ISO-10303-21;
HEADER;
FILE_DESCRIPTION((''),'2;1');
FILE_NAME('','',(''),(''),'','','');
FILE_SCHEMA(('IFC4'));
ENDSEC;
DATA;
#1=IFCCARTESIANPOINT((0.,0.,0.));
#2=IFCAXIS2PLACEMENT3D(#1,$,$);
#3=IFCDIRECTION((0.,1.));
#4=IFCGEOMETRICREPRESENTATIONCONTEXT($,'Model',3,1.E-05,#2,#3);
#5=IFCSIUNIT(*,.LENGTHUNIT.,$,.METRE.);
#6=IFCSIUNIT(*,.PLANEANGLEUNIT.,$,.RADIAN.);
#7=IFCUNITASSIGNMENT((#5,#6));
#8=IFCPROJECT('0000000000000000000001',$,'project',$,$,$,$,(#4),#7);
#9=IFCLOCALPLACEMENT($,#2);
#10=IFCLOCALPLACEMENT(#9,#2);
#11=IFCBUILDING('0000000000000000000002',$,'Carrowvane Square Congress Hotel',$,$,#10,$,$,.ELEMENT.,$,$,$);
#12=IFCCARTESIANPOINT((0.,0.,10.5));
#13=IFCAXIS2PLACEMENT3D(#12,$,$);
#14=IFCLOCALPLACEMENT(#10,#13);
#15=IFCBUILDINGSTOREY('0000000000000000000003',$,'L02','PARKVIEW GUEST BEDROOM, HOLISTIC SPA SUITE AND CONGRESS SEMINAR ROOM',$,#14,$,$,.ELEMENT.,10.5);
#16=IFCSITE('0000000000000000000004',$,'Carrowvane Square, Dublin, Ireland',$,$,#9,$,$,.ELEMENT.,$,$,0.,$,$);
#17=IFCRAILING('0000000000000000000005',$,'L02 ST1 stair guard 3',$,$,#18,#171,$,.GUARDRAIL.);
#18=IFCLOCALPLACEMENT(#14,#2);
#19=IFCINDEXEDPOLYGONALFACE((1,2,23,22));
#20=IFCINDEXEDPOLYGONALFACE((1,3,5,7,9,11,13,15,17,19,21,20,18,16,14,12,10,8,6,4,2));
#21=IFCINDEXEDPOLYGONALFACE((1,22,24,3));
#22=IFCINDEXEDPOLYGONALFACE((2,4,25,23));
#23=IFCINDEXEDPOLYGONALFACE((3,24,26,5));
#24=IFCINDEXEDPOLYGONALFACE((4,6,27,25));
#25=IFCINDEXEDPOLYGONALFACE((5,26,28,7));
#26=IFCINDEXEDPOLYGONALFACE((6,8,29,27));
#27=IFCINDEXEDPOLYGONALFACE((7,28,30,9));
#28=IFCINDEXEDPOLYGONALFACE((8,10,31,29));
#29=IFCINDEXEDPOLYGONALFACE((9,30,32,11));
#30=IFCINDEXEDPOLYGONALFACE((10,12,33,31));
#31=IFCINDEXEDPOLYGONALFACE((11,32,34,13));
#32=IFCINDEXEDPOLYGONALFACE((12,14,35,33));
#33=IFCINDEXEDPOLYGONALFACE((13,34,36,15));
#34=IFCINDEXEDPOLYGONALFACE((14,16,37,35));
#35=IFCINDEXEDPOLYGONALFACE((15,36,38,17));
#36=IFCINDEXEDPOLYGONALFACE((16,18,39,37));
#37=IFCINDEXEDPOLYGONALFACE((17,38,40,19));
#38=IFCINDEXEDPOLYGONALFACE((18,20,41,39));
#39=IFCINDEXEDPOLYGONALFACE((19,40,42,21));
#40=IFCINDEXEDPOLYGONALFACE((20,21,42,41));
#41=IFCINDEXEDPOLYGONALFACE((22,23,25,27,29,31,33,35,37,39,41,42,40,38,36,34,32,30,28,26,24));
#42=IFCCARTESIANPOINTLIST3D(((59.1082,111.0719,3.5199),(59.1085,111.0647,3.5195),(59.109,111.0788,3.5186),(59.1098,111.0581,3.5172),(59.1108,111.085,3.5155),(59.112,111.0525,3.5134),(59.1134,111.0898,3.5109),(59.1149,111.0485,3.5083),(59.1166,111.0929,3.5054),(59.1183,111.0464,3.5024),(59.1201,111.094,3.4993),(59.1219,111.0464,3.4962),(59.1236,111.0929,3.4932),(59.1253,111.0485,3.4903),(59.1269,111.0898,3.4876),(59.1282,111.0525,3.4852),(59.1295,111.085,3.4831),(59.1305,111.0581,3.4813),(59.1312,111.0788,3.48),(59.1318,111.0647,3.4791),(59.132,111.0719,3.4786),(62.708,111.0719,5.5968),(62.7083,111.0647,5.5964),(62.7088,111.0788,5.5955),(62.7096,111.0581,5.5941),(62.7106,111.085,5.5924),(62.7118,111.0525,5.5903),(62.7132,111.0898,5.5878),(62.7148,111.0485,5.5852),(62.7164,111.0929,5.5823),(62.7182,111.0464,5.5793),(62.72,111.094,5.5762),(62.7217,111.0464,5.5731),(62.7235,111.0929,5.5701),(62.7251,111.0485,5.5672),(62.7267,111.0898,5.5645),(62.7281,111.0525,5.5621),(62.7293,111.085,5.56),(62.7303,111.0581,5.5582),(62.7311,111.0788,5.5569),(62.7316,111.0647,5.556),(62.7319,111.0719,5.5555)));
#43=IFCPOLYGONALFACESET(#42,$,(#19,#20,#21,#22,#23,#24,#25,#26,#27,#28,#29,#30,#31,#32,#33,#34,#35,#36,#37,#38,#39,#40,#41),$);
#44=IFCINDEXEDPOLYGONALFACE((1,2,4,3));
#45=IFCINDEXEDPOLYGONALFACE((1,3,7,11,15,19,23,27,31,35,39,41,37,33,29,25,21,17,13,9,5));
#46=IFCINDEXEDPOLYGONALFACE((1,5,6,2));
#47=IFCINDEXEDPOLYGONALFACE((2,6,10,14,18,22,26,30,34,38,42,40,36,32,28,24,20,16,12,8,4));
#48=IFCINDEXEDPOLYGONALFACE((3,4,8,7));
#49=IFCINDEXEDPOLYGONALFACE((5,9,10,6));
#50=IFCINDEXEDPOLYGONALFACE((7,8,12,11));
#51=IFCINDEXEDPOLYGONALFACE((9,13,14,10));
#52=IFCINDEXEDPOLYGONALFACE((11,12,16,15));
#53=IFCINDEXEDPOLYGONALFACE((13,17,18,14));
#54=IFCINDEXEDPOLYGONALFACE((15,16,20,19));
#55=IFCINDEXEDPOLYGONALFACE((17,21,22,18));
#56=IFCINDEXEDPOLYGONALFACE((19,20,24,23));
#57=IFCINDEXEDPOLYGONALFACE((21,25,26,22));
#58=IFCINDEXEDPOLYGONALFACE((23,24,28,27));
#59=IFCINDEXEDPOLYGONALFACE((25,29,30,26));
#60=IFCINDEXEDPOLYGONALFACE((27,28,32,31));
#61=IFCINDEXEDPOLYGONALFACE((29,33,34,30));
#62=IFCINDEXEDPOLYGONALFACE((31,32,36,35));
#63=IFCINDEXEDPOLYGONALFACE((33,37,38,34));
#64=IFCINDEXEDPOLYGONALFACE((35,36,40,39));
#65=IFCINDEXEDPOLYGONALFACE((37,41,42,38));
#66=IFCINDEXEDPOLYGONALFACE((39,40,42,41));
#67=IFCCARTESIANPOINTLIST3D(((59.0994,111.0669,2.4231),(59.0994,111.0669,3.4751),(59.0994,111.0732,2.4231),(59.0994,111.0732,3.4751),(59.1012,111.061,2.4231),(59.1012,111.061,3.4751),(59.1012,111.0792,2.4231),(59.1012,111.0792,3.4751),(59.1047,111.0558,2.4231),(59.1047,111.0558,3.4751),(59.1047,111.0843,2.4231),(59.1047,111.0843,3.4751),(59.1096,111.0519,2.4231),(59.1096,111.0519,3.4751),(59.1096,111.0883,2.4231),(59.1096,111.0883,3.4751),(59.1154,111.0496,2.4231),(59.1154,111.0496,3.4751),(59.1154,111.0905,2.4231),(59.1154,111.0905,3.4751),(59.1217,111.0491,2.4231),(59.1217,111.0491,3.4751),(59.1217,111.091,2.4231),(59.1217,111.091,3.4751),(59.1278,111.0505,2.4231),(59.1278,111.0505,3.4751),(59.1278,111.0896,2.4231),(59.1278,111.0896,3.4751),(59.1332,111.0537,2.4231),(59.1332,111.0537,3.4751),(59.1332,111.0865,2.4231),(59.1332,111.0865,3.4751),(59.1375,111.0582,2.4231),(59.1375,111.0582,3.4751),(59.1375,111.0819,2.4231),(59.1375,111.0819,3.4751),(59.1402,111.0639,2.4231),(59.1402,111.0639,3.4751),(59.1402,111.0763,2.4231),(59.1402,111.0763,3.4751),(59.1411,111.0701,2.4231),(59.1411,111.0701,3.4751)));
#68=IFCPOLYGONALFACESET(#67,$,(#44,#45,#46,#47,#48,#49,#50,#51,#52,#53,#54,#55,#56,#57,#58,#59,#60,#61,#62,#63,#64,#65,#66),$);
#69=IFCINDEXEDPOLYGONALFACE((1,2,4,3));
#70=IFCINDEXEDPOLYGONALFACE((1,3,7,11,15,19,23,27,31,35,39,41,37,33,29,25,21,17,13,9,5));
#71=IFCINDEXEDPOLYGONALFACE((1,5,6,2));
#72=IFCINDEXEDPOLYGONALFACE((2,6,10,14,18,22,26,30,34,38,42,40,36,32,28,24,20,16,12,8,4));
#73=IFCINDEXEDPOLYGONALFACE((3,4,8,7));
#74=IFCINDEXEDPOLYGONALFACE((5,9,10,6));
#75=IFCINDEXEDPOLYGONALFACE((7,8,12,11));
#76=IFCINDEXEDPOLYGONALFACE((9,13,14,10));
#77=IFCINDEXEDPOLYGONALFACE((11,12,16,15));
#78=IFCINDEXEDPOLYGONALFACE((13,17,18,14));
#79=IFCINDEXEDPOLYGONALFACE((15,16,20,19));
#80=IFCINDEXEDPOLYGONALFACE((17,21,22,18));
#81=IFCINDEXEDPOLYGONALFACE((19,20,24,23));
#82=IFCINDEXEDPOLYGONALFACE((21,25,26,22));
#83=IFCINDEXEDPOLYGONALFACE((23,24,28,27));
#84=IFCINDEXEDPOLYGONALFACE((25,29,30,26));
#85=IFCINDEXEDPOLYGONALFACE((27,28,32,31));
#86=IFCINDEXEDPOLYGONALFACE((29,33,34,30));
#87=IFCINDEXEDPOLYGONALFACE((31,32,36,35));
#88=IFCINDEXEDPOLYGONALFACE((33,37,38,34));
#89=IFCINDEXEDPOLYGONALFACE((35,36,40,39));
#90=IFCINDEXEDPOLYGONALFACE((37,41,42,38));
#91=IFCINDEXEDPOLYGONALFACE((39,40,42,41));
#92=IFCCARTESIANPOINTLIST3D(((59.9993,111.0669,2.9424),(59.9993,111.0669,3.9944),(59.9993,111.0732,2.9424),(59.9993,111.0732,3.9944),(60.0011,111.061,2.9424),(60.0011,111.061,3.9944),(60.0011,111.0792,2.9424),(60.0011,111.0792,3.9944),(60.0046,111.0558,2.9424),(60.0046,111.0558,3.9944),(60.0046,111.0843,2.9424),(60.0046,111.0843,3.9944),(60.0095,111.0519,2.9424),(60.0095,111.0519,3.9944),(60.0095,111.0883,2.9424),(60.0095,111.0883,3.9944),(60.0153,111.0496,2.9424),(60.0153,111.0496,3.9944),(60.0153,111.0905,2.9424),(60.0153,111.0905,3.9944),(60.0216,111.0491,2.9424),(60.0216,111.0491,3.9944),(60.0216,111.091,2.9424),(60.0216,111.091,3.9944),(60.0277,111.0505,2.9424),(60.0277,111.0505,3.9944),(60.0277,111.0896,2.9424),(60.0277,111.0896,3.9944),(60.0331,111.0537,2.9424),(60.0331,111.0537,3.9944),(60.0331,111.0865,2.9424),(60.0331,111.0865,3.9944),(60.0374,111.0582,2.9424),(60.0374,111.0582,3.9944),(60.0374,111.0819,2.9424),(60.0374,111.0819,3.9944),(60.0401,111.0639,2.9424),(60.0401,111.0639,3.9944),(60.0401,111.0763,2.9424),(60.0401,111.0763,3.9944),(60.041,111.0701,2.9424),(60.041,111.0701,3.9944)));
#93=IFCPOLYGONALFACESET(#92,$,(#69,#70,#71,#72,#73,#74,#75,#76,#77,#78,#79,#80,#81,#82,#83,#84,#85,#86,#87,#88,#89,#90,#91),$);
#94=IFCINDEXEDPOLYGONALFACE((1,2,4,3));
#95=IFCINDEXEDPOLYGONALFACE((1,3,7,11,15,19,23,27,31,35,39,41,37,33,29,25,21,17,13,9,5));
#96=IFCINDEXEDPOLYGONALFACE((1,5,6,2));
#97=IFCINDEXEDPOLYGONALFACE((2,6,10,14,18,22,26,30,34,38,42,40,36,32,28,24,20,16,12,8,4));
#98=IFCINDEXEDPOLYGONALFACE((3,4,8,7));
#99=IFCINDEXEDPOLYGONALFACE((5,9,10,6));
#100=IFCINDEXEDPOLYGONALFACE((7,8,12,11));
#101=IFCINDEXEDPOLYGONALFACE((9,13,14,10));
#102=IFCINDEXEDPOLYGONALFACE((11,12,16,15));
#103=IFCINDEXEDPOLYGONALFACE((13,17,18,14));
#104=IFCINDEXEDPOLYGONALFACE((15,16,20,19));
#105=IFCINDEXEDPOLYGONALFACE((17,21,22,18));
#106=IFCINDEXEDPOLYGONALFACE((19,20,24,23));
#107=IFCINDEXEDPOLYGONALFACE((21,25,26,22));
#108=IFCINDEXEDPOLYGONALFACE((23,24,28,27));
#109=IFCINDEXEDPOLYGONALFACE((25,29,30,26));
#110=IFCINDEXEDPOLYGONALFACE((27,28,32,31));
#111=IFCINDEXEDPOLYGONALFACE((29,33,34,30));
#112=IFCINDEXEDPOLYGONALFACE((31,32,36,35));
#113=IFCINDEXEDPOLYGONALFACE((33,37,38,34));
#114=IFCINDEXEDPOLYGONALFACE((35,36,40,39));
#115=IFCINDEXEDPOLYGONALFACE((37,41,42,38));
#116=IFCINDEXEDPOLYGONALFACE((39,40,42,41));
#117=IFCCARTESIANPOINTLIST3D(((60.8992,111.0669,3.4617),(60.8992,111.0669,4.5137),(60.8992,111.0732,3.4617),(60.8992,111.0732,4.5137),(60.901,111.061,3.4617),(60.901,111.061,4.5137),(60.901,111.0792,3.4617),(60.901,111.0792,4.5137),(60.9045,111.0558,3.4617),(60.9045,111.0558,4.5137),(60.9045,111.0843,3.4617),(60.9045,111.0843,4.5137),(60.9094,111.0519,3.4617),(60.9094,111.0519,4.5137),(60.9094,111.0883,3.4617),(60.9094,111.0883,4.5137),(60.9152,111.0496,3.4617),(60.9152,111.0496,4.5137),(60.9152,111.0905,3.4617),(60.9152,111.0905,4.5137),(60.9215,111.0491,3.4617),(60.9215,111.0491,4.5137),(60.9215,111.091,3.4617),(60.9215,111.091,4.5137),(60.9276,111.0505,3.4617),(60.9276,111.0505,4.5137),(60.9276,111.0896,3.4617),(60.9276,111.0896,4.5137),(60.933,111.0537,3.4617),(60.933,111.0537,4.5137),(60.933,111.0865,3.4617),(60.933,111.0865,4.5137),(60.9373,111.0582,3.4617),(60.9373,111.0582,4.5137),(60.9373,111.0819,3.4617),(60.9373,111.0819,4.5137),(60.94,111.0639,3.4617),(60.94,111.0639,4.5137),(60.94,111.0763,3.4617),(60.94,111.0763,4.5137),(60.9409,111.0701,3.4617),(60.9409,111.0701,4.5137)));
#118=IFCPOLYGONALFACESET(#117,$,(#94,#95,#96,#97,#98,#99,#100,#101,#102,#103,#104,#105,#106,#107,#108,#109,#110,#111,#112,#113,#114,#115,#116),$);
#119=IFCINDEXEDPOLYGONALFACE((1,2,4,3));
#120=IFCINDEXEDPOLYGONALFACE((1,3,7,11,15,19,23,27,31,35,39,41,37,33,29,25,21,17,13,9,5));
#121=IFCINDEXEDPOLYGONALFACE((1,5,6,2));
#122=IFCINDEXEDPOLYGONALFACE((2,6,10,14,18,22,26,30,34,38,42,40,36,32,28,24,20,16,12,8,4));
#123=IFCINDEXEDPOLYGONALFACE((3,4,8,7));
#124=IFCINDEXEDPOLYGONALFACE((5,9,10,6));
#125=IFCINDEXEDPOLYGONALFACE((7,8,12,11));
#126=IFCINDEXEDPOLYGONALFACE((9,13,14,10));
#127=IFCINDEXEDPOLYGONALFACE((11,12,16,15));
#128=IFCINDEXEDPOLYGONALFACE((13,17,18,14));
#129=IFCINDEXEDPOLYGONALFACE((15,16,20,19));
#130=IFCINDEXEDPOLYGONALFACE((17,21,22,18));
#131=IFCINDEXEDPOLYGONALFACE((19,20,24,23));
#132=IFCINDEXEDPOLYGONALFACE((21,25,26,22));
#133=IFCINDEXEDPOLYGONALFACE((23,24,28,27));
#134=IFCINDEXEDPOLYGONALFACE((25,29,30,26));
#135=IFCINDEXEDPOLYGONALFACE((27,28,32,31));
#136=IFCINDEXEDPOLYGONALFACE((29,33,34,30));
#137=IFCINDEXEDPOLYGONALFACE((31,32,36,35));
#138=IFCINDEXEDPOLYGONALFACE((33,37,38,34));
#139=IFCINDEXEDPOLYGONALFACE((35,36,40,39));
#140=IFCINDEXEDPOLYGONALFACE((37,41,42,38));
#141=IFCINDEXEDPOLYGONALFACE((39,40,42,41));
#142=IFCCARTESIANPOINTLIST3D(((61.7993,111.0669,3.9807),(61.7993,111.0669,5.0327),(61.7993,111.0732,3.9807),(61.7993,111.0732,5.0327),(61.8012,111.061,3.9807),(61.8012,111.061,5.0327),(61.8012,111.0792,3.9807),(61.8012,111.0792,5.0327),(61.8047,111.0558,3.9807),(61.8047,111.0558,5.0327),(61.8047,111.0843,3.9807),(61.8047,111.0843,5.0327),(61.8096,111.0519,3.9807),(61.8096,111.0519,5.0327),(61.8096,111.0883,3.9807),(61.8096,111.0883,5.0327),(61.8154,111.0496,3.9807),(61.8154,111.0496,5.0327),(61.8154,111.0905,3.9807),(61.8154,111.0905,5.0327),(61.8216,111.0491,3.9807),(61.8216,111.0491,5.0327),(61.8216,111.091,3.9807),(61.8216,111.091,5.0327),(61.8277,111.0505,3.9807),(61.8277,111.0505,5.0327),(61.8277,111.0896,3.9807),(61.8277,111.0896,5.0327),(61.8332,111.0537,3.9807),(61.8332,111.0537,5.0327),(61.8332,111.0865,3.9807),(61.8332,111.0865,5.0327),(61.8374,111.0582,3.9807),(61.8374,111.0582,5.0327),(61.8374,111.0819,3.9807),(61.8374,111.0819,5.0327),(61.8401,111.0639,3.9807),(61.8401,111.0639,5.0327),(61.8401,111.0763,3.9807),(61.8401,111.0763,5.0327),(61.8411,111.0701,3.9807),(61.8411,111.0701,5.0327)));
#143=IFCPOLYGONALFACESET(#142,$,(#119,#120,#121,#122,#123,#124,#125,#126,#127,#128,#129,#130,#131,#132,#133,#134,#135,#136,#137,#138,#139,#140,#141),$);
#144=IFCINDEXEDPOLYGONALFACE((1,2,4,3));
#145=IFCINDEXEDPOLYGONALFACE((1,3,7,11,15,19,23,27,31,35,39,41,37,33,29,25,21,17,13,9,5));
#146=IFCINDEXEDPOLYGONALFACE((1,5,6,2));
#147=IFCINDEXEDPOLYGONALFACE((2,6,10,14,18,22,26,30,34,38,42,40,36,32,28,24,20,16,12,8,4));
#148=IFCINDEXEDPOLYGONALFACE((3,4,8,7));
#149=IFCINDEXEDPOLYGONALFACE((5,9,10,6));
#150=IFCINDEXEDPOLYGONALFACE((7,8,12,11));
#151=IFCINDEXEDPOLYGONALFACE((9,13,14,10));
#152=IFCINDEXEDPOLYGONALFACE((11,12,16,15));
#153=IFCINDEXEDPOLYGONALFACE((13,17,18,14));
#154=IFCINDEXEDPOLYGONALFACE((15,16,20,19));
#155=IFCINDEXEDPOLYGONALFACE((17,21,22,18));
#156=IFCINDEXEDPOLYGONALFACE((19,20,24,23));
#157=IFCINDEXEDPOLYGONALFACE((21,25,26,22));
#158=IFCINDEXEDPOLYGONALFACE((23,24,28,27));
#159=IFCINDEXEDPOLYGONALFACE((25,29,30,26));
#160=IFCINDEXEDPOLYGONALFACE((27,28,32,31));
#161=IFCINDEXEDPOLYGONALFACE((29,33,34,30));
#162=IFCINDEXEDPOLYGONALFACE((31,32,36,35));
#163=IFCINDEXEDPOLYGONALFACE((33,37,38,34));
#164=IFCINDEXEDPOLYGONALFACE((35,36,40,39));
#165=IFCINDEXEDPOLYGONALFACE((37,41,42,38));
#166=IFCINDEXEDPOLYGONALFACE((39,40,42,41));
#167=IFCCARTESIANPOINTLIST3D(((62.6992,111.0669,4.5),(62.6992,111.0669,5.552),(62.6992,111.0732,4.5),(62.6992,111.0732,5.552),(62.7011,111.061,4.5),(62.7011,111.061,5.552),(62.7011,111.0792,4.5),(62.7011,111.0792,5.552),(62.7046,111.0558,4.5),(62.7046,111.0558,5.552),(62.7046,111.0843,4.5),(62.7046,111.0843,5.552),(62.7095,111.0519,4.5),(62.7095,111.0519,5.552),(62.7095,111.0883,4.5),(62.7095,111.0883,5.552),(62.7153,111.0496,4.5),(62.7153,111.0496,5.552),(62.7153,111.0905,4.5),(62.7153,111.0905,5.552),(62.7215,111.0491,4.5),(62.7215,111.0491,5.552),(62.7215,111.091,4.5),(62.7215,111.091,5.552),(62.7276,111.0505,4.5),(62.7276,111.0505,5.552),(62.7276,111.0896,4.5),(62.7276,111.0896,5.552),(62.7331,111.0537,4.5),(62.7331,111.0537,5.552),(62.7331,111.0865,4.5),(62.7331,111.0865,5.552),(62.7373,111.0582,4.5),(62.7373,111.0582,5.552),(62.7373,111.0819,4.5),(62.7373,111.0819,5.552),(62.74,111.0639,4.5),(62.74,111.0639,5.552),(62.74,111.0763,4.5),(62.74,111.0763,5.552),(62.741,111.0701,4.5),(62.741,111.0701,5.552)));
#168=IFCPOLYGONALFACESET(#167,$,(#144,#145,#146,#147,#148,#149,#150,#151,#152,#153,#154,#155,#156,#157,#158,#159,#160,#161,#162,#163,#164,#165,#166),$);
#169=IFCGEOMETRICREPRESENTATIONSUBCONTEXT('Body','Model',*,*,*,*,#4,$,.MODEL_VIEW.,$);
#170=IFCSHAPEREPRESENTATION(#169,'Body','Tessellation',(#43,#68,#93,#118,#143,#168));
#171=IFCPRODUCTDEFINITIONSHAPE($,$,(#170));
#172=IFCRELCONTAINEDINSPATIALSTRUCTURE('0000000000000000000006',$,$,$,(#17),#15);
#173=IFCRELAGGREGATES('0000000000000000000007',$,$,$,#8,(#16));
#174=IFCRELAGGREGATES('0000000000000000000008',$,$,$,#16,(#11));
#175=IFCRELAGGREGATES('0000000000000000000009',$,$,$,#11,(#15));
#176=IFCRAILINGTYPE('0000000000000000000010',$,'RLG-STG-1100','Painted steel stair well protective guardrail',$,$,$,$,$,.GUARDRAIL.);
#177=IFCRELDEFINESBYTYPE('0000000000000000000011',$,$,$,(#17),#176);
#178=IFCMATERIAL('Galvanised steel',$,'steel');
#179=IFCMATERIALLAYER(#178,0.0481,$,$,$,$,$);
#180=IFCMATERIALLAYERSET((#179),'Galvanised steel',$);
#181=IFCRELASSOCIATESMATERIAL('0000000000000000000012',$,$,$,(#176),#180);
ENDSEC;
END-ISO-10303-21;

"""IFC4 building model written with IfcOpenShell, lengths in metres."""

from ifc_helpers import new_model, si_unit, direction, frame, origin, origin_2d, place, context, subcontext, project, spatial, circle, extrude, material, layer, layer_set, type_object, element, save


model = new_model("IFC4")

# Units and contexts
model_context = context("Model", 3, precision=1e-05, world=origin(), true_north=direction((0.0, 1.0)))
body_context = subcontext(model_context, "Body", "Model", "MODEL_VIEW")
ifc_project = project(units=[si_unit("LENGTHUNIT", "METRE"), si_unit("PLANEANGLEUNIT", "RADIAN")], contexts=[model_context])

# Site, building, storey
site_placement = place(None, origin())
site = spatial("IfcSite", under=ifc_project, at=site_placement, Name="Carrowvane Square, Dublin, Ireland", CompositionType="ELEMENT", RefElevation=0.0)
building_placement = place(site_placement, origin())
building = spatial("IfcBuilding", under=site, at=building_placement, Name="Carrowvane Square Congress Hotel", CompositionType="ELEMENT")
storey_placement = place(building_placement, frame((0.0, 0.0, 10.5)))
storey = spatial("IfcBuildingStorey", under=building, at=storey_placement, Name="L02", Description="PARKVIEW GUEST BEDROOM, HOLISTIC SPA SUITE AND CONGRESS SEMINAR ROOM", CompositionType="ELEMENT", Elevation=10.5)

# Railing
ifc_material_1 = material(Name="Galvanised steel", Category="steel")
ifc_layer_1 = layer(ifc_material_1, 0.0481)
ifc_layer_set_1 = layer_set([ifc_layer_1], Name="Galvanised steel")
railing_type_1 = type_object("IfcRailingType", Name="RLG-STG-1100", Description="Painted steel stair well protective guardrail", PredefinedType="GUARDRAIL", material=ifc_layer_set_1)
railing_1_placement = place(storey_placement, frame((59.1201, 111.0701, 2.4231)))
element("IfcRailing", 1, at=railing_1_placement, inside=storey, type_object=railing_type_1, Name="L02 ST1 stair guard 3", PredefinedType="GUARDRAIL", context=body_context, shape_type="SweptSolid", body=[
    extrude(circle(Radius=0.0239, at=origin_2d()), frame((0.0, 0.0, 1.0762), z_axis=(0.866179, 0.0, 0.499734), x_axis=(0.0, 1.0, 0.0)), (0.0, 0.0, 1.0), 4.156),
    extrude(circle(Radius=0.021, at=origin_2d()), origin(), (0.0, 0.0, 1.0), 1.052),
    extrude(circle(Radius=0.021, at=origin_2d()), frame((0.8999, 0.0, 0.5193)), (0.0, 0.0, 1.0), 1.052),
    extrude(circle(Radius=0.021, at=origin_2d()), frame((1.7998, 0.0, 1.0386)), (0.0, 0.0, 1.0), 1.052),
    extrude(circle(Radius=0.021, at=origin_2d()), frame((2.7, 0.0, 1.5576)), (0.0, 0.0, 1.0), 1.052),
    extrude(circle(Radius=0.021, at=origin_2d()), frame((3.5999, 0.0, 2.0769)), (0.0, 0.0, 1.0), 1.052),
])

save(model, "model.ifc")
